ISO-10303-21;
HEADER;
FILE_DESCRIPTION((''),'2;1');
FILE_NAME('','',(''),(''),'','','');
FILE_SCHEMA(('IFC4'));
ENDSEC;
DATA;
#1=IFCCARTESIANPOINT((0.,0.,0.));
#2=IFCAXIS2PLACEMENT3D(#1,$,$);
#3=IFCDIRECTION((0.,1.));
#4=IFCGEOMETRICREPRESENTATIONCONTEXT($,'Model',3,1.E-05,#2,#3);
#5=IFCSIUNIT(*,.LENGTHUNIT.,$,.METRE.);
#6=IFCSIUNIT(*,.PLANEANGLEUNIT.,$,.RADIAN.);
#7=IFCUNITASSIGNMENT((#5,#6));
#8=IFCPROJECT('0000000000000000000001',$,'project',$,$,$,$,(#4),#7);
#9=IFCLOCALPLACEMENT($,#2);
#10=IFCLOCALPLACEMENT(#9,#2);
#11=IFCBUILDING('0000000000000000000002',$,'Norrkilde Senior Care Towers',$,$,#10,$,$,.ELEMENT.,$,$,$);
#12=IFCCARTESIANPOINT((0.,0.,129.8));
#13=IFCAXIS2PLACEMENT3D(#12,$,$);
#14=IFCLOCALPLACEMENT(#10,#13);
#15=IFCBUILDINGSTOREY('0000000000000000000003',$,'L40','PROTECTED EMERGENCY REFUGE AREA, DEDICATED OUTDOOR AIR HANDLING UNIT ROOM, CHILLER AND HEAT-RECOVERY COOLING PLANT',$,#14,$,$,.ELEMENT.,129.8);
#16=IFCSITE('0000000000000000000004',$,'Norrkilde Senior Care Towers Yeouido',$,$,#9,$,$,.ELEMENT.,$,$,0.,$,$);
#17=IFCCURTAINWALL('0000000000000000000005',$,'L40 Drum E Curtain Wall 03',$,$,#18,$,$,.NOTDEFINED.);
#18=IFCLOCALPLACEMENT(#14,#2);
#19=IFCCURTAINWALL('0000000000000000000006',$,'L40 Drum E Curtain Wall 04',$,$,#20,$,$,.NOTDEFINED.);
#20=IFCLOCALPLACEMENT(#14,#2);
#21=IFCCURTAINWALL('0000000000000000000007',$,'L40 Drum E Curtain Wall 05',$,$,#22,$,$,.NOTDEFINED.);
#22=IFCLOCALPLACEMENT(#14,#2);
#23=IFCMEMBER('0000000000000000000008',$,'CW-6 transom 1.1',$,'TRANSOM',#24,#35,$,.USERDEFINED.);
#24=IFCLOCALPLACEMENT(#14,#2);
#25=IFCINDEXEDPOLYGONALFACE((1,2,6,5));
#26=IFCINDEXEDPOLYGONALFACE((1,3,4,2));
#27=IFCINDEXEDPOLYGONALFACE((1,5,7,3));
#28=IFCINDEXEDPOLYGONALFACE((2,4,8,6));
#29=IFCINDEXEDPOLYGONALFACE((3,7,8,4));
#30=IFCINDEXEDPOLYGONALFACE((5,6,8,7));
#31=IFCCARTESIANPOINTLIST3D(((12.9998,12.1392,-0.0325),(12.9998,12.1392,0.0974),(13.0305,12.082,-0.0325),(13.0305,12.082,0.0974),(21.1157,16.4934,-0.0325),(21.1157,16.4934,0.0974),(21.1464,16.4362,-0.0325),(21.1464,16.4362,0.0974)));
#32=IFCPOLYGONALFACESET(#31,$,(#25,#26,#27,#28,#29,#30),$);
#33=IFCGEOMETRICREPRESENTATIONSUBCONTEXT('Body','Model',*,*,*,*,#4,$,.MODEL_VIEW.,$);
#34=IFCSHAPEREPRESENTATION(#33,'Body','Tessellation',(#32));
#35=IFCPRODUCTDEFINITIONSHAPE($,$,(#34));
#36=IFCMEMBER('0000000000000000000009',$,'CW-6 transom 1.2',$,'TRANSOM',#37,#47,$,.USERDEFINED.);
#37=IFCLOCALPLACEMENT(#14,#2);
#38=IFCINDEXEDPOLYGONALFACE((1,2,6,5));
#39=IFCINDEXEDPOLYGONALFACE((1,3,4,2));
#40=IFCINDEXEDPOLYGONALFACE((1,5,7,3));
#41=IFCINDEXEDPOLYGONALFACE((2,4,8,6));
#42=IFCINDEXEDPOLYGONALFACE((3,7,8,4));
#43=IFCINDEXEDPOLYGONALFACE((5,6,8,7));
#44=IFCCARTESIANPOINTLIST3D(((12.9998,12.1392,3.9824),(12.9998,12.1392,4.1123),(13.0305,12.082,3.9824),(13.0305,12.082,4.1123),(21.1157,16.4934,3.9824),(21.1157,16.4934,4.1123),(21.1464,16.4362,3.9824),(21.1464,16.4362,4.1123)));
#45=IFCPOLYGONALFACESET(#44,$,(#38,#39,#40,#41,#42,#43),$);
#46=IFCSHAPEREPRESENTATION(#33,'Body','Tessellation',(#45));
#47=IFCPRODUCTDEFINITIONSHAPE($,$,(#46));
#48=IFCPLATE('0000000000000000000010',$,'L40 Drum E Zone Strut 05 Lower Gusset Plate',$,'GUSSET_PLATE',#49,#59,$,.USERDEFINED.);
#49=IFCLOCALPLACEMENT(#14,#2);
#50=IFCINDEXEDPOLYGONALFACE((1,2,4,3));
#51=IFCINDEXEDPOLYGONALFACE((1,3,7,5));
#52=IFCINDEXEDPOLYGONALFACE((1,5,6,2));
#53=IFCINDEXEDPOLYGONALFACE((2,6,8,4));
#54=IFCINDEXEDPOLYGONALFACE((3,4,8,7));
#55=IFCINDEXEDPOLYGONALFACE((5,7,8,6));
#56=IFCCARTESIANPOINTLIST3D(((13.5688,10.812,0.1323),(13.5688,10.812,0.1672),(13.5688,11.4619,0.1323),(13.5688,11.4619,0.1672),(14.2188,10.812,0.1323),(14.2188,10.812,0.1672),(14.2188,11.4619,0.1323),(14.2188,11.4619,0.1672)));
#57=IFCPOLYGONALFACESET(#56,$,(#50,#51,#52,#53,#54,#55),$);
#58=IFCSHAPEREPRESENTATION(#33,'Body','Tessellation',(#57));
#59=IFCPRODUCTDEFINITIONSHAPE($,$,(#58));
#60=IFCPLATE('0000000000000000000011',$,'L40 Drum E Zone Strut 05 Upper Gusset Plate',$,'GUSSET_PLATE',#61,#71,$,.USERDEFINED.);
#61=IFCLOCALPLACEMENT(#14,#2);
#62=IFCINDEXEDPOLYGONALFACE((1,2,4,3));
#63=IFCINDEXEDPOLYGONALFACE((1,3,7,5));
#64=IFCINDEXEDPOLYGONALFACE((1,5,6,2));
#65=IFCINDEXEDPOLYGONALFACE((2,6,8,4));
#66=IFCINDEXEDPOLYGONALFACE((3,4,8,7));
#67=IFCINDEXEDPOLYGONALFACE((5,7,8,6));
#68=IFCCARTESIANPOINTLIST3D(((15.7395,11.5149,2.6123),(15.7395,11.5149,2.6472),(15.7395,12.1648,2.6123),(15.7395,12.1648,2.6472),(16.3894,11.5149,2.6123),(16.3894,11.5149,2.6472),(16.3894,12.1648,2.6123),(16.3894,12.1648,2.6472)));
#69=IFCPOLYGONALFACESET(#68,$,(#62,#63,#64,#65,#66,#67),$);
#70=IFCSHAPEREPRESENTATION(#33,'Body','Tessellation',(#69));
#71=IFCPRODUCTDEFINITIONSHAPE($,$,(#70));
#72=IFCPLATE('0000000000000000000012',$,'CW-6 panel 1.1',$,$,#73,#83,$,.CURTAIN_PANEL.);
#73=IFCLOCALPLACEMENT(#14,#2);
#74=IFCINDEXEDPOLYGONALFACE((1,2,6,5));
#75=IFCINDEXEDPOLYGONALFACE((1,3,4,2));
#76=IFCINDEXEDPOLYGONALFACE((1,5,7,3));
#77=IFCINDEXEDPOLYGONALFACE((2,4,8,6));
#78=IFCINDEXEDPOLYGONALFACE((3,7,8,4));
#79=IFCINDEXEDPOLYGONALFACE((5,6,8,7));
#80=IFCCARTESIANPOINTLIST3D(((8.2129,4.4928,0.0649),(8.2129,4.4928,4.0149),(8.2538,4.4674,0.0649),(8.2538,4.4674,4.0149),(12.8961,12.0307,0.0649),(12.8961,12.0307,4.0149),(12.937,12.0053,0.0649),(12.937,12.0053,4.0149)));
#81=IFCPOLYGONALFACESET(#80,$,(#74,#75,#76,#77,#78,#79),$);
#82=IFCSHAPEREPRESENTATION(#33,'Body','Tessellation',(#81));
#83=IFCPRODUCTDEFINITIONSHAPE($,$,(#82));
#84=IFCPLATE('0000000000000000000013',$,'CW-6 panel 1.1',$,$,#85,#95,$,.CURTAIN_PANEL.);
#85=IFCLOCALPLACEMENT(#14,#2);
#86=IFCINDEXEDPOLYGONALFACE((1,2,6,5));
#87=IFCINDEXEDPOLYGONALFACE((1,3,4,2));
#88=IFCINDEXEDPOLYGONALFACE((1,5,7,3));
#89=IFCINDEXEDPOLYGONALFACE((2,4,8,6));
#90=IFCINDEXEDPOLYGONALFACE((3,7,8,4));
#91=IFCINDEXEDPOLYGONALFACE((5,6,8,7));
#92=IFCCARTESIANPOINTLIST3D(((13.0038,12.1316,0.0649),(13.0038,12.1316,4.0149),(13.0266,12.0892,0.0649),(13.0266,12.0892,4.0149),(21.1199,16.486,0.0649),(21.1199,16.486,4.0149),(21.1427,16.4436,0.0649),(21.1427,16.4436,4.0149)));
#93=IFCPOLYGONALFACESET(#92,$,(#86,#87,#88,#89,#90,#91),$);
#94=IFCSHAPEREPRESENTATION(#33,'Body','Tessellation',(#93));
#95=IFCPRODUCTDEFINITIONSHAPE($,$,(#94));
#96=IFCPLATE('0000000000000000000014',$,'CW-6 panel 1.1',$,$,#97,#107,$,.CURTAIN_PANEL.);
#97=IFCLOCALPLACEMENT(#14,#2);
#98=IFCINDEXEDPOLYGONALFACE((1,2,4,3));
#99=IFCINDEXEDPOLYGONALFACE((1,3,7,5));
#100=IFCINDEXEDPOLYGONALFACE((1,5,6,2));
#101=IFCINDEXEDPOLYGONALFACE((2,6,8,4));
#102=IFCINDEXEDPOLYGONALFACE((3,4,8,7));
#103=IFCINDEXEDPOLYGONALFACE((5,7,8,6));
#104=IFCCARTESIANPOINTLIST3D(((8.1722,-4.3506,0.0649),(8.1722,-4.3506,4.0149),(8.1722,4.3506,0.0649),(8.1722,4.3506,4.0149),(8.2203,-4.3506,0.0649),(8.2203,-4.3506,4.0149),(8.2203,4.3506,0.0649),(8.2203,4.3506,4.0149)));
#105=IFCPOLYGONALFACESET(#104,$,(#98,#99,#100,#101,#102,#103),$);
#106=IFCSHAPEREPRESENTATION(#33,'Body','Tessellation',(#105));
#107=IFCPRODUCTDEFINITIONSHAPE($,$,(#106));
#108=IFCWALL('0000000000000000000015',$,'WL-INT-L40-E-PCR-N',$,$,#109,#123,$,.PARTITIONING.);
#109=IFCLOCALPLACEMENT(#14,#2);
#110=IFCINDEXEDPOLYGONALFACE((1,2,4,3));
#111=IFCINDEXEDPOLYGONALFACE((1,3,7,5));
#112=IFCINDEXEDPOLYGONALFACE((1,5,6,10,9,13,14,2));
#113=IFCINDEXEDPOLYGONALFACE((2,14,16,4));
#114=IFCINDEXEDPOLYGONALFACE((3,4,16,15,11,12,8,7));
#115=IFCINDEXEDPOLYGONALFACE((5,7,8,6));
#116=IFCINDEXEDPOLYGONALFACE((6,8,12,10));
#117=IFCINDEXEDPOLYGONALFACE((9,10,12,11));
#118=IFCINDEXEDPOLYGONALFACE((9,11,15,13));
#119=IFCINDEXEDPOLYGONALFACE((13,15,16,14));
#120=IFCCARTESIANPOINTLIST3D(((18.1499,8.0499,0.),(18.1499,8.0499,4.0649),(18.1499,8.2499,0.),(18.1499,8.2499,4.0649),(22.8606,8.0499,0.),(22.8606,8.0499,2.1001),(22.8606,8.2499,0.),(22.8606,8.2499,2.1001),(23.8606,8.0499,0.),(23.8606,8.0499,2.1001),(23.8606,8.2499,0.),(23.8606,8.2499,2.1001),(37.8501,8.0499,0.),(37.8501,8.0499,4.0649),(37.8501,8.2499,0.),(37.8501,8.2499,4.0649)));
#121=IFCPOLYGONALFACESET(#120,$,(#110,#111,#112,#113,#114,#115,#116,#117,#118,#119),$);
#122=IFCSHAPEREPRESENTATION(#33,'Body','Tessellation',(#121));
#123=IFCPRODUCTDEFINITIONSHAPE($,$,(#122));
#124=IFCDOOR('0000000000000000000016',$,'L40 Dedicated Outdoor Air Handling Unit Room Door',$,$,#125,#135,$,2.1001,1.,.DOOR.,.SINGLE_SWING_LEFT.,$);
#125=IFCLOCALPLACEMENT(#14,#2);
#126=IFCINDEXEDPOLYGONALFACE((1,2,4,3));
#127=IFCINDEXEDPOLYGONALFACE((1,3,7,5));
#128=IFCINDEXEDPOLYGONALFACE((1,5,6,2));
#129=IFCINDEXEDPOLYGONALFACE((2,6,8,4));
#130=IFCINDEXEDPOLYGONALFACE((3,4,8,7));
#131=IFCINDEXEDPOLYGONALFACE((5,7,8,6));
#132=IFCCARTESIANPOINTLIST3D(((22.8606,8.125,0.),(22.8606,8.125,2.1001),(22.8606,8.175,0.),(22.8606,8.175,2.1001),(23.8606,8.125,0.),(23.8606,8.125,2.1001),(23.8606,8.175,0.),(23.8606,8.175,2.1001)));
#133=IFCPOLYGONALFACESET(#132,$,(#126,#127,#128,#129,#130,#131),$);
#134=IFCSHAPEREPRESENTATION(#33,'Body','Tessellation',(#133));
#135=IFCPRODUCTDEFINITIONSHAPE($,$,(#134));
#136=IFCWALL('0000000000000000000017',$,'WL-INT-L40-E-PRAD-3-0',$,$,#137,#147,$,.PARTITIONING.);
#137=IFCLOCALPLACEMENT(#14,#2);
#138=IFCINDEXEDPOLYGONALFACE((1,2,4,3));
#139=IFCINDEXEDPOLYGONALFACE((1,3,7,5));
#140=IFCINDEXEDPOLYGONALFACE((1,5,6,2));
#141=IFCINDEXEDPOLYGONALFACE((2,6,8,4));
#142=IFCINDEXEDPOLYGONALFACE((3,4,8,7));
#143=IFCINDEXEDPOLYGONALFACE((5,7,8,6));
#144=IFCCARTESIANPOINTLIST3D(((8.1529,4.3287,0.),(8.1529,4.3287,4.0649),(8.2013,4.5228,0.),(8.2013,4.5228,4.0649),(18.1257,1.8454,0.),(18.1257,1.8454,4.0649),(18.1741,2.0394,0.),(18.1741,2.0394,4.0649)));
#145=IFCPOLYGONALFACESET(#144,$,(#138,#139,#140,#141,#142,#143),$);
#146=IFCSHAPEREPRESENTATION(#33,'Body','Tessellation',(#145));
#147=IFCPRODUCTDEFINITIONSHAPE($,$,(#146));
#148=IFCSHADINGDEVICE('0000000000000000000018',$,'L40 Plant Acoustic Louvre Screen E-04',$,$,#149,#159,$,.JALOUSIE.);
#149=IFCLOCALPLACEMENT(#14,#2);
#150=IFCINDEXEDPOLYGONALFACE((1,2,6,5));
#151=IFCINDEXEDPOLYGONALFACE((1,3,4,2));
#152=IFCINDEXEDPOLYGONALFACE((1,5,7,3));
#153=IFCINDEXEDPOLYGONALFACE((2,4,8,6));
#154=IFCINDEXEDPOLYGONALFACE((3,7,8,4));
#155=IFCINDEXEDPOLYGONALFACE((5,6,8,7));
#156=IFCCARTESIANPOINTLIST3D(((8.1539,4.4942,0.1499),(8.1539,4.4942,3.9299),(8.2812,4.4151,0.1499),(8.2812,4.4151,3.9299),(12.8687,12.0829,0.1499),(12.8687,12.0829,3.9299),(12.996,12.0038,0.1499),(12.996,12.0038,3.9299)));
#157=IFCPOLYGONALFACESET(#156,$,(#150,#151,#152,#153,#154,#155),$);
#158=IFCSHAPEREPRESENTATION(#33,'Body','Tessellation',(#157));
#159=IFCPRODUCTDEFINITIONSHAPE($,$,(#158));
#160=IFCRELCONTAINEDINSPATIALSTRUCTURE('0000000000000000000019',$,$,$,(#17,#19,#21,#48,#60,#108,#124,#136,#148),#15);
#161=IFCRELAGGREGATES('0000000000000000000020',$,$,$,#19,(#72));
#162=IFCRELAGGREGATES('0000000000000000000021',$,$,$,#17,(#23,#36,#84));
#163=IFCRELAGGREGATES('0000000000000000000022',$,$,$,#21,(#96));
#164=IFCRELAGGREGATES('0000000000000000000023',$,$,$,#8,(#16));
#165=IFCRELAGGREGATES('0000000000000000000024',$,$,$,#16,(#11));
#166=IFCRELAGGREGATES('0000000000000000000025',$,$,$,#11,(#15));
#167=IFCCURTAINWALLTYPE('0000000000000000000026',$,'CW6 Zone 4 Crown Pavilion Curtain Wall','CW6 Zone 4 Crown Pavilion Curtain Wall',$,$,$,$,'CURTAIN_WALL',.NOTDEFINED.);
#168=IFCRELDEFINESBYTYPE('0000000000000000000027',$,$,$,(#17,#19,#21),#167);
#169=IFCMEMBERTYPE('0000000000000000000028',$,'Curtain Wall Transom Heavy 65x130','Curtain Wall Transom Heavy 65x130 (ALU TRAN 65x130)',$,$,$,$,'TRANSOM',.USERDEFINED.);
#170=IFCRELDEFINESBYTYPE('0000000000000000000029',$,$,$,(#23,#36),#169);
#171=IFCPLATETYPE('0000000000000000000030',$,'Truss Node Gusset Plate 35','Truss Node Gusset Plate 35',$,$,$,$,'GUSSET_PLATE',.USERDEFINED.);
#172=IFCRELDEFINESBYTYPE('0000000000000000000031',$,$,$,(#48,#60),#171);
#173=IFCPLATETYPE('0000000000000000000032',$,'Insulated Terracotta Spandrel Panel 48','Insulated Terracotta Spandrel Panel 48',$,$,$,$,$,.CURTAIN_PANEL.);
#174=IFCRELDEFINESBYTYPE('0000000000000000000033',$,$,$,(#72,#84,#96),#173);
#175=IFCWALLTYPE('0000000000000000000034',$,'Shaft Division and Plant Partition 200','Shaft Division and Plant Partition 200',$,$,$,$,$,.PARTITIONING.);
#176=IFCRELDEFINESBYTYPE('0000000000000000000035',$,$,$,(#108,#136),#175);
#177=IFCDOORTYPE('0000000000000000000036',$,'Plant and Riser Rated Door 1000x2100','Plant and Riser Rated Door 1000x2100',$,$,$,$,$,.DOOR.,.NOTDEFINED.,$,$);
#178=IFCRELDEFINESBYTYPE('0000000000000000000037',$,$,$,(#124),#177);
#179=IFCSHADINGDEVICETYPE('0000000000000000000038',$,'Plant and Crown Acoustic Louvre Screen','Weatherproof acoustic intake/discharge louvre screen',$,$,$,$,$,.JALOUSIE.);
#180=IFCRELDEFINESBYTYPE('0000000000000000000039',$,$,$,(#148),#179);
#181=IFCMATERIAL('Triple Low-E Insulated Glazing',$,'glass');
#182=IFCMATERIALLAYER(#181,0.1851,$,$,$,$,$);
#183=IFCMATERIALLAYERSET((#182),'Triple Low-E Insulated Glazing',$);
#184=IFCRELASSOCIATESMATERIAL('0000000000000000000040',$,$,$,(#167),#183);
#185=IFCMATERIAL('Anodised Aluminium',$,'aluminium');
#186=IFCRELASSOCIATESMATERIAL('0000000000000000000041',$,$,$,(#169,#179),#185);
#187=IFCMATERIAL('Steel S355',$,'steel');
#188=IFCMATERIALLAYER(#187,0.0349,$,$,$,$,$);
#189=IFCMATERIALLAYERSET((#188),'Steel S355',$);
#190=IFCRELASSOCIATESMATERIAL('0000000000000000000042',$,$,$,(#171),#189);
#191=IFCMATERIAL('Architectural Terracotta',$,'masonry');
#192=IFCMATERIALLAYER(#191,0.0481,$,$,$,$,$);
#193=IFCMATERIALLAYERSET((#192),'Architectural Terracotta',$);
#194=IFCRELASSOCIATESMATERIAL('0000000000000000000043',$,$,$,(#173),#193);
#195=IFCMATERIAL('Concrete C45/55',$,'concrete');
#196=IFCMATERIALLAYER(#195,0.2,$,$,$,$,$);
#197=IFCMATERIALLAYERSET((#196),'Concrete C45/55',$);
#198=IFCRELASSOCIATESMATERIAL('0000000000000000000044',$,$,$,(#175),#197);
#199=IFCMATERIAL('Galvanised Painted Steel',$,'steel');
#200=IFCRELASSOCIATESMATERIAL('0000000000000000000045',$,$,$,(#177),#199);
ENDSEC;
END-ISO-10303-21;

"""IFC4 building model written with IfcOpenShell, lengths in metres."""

from ifc_helpers import new_model, si_unit, direction, frame, frame_2d, origin, origin_2d, place, context, subcontext, project, spatial, rectangle, extrude, source, transform, mapped, material, layer, layer_set, material_profile, profile_set, type_object, type_shapes, element, fill, aggregate, save


model = new_model("IFC4")

# Units and contexts
model_context = context("Model", 3, precision=1e-05, world=origin(), true_north=direction((0.0, 1.0)))
body_context = subcontext(model_context, "Body", "Model", "MODEL_VIEW")
ifc_project = project(units=[si_unit("LENGTHUNIT", "METRE"), si_unit("PLANEANGLEUNIT", "RADIAN")], contexts=[model_context])

# Site, building, storey
site_placement = place(None, origin())
site = spatial("IfcSite", under=ifc_project, at=site_placement, Name="Norrkilde Senior Care Towers Yeouido", CompositionType="ELEMENT", RefElevation=0.0)
building_placement = place(site_placement, origin())
building = spatial("IfcBuilding", under=site, at=building_placement, Name="Norrkilde Senior Care Towers", CompositionType="ELEMENT")
storey_placement = place(building_placement, frame((0.0, 0.0, 129.8)))
storey = spatial("IfcBuildingStorey", under=building, at=storey_placement, Name="L40", Description="PROTECTED EMERGENCY REFUGE AREA, DEDICATED OUTDOOR AIR HANDLING UNIT ROOM, CHILLER AND HEAT-RECOVERY COOLING PLANT", CompositionType="ELEMENT", Elevation=129.8)

# Shared definitions
ifc_material_1 = material(Name="Steel S355", Category="steel")

# Curtain wall
ifc_material_2 = material(Name="Triple Low-E Insulated Glazing", Category="glass")
ifc_layer_1 = layer(ifc_material_2, 0.1851)
ifc_layer_set_1 = layer_set([ifc_layer_1], Name="Triple Low-E Insulated Glazing")
curtain_wall_type = type_object("IfcCurtainWallType", Name="CW6 Zone 4 Crown Pavilion Curtain Wall", Description="CW6 Zone 4 Crown Pavilion Curtain Wall", ElementType="CURTAIN_WALL", PredefinedType="NOTDEFINED", material=ifc_layer_set_1)
curtain_wall_1_placement = place(storey_placement, origin())
curtain_wall_1 = element("IfcCurtainWall", 1, at=curtain_wall_1_placement, inside=storey, type_object=curtain_wall_type, Name="L40 Drum E Curtain Wall 03", PredefinedType="NOTDEFINED")
ifc_material_3 = material(Name="Anodised Aluminium", Category="aluminium")

# Curtain wall
curtain_wall_2_placement = place(storey_placement, origin())
curtain_wall_2 = element("IfcCurtainWall", 2, at=curtain_wall_2_placement, inside=storey, type_object=curtain_wall_type, Name="L40 Drum E Curtain Wall 04", PredefinedType="NOTDEFINED")

# Curtain wall
curtain_wall_3_placement = place(storey_placement, origin())
curtain_wall_3 = element("IfcCurtainWall", 3, at=curtain_wall_3_placement, inside=storey, type_object=curtain_wall_type, Name="L40 Drum E Curtain Wall 05", PredefinedType="NOTDEFINED")

# Members
ifc_material_profile_1 = material_profile(ifc_material_3, rectangle(XDim=0.0649, YDim=0.1299, at=origin_2d()), Name="ALU TRAN 65x130")
ifc_profile_set_1 = profile_set([ifc_material_profile_1], Name="Anodised Aluminium")
member_type_1 = type_object("IfcMemberType", Name="Curtain Wall Transom Heavy 65x130", Description="Curtain Wall Transom Heavy 65x130 (ALU TRAN 65x130)", ElementType="TRANSOM", PredefinedType="USERDEFINED", material=ifc_profile_set_1)
shared_shape_1 = source(origin(), body_context, "Body", "SweptSolid", [
    extrude(rectangle(XDim=0.0649, YDim=0.1299, at=origin_2d()), origin(), (0.0, 0.0, 1.0), 9.2102),
])
member_1_placement = place(storey_placement, frame((13.0151, 12.1106, 0.0325), z_axis=(0.88119, 0.472762, 0.0), x_axis=(-0.472762, 0.88119, 0.0)))
member_1 = element("IfcMember", 4, at=member_1_placement, type_object=member_type_1, Name="CW-6 transom 1.1", ObjectType="TRANSOM", PredefinedType="USERDEFINED", context=body_context, shape_type="MappedRepresentation", body=[
    mapped(shared_shape_1, transform((0.0, 0.0, 0.0), x_axis=(1.0, 0.0, 0.0), y_axis=(0.0, 1.0, 0.0), z_axis=(0.0, 0.0, 1.0), scale=1.0)),
])
member_2_placement = place(storey_placement, frame((13.0151, 12.1106, 4.0474), z_axis=(0.88119, 0.472762, 0.0), x_axis=(-0.472762, 0.88119, 0.0)))
member_2 = element("IfcMember", 5, at=member_2_placement, type_object=member_type_1, Name="CW-6 transom 1.2", ObjectType="TRANSOM", PredefinedType="USERDEFINED", context=body_context, shape_type="MappedRepresentation", body=[
    mapped(shared_shape_1, transform((0.0, 0.0, 0.0), x_axis=(1.0, 0.0, 0.0), y_axis=(0.0, 1.0, 0.0), z_axis=(0.0, 0.0, 1.0), scale=1.0)),
])

# Plates
ifc_layer_2 = layer(ifc_material_1, 0.0349)
ifc_layer_set_2 = layer_set([ifc_layer_2], Name="Steel S355")
plate_type_1 = type_object("IfcPlateType", Name="Truss Node Gusset Plate 35", Description="Truss Node Gusset Plate 35", ElementType="GUSSET_PLATE", PredefinedType="USERDEFINED", material=ifc_layer_set_2)
shared_shape_2 = source(origin(), body_context, "Body", "SweptSolid", [
    extrude(rectangle(XDim=0.6499, YDim=0.6499, at=origin_2d()), origin(), (0.0, 0.0, 1.0), 0.0349),
])
type_shapes(plate_type_1, [shared_shape_2])
for number, where, z_axis, x_axis, name in (
    (6, (13.8938, 11.137, 0.1323), (0.0, 0.0, 1.0), (1.0, 0.0, 0.0), "L40 Drum E Zone Strut 05 Lower Gusset Plate"),
    (7, (16.0645, 11.8398, 2.6123), (0.0, 0.0, 1.0), (1.0, 0.0, 0.0), "L40 Drum E Zone Strut 05 Upper Gusset Plate"),
):
    element("IfcPlate", number, at=place(storey_placement, frame(where, z_axis=z_axis, x_axis=x_axis)), inside=storey, type_object=plate_type_1, Name=name, ObjectType="GUSSET_PLATE", PredefinedType="USERDEFINED", context=body_context, shape_type="MappedRepresentation", body=[
        mapped(shared_shape_2, transform((0.0, 0.0, 0.0), x_axis=(1.0, 0.0, 0.0), y_axis=(0.0, 1.0, 0.0), z_axis=(0.0, 0.0, 1.0), scale=1.0)),
    ])

# Plates
ifc_material_4 = material(Name="Architectural Terracotta", Category="masonry")
ifc_layer_3 = layer(ifc_material_4, 0.0481)
ifc_layer_set_3 = layer_set([ifc_layer_3], Name="Architectural Terracotta")
plate_type_2 = type_object("IfcPlateType", Name="Insulated Terracotta Spandrel Panel 48", Description="Insulated Terracotta Spandrel Panel 48", PredefinedType="CURTAIN_PANEL", material=ifc_layer_set_3)
shared_shape_3 = source(origin(), body_context, "Body", "SweptSolid", [
    extrude(rectangle(XDim=8.8743, YDim=0.0481, at=origin_2d()), origin(), (0.0, 0.0, 1.0), 3.95),
])
plate_1_placement = place(storey_placement, frame((10.575, 8.249, 0.0649), z_axis=(0.0, 0.0, 1.0), x_axis=(0.527733, 0.84941, 0.0)))
plate_1 = element("IfcPlate", 8, at=plate_1_placement, type_object=plate_type_2, Name="CW-6 panel 1.1", PredefinedType="CURTAIN_PANEL", context=body_context, shape_type="MappedRepresentation", body=[
    mapped(shared_shape_3, transform((0.0, 0.0, 0.0), x_axis=(1.0, 0.0, 0.0), y_axis=(0.0, 1.0, 0.0), z_axis=(0.0, 0.0, 1.0), scale=1.0)),
])
aggregate(curtain_wall_2, [plate_1])
shared_shape_4 = source(origin(), body_context, "Body", "SweptSolid", [
    extrude(rectangle(XDim=9.2104, YDim=0.0481, at=origin_2d()), origin(), (0.0, 0.0, 1.0), 3.95),
])
plate_2_placement = place(storey_placement, frame((17.0732, 14.2876, 0.0649), z_axis=(0.0, 0.0, 1.0), x_axis=(0.881186, 0.472769, 0.0)))
plate_2 = element("IfcPlate", 9, at=plate_2_placement, type_object=plate_type_2, Name="CW-6 panel 1.1", PredefinedType="CURTAIN_PANEL", context=body_context, shape_type="MappedRepresentation", body=[
    mapped(shared_shape_4, transform((0.0, 0.0, 0.0), x_axis=(1.0, 0.0, 0.0), y_axis=(0.0, 1.0, 0.0), z_axis=(0.0, 0.0, 1.0), scale=1.0)),
])
aggregate(curtain_wall_1, [member_1, member_2, plate_2])
shared_shape_5 = source(origin(), body_context, "Body", "SweptSolid", [
    extrude(rectangle(XDim=8.7012, YDim=0.0481, at=origin_2d()), origin(), (0.0, 0.0, 1.0), 3.95),
])
type_shapes(plate_type_2, [shared_shape_3, shared_shape_4, shared_shape_5])
plate_3_placement = place(storey_placement, frame((8.1963, 0.0, 0.0649), z_axis=(0.0, 0.0, 1.0), x_axis=(0.0, 1.0, 0.0)))
plate_3 = element("IfcPlate", 10, at=plate_3_placement, type_object=plate_type_2, Name="CW-6 panel 1.1", PredefinedType="CURTAIN_PANEL", context=body_context, shape_type="MappedRepresentation", body=[
    mapped(shared_shape_5, transform((0.0, 0.0, 0.0), x_axis=(1.0, 0.0, 0.0), y_axis=(0.0, 1.0, 0.0), z_axis=(0.0, 0.0, 1.0), scale=1.0)),
])
aggregate(curtain_wall_3, [plate_3])

# Wall, opening, door
ifc_material_5 = material(Name="Concrete C45/55", Category="concrete")
ifc_layer_4 = layer(ifc_material_5, 0.2)
ifc_layer_set_4 = layer_set([ifc_layer_4], Name="Concrete C45/55")
wall_type = type_object("IfcWallType", Name="Shaft Division and Plant Partition 200", Description="Shaft Division and Plant Partition 200", PredefinedType="PARTITIONING", material=ifc_layer_set_4)
shared_shape_6 = source(origin(), body_context, "Body", "SweptSolid", [
    extrude(rectangle(XDim=19.7002, YDim=0.2, at=frame_2d((9.8501, 0.0))), origin(), (0.0, 0.0, 1.0), 4.0649),
])
wall_1_placement = place(storey_placement, frame((18.1499, 8.1499, 0.0), z_axis=(0.0, 0.0, 1.0), x_axis=(1.0, 0.0, 0.0)))
wall_1 = element("IfcWall", 11, at=wall_1_placement, inside=storey, type_object=wall_type, Name="WL-INT-L40-E-PCR-N", PredefinedType="PARTITIONING", context=body_context, shape_type="MappedRepresentation", body=[
    mapped(shared_shape_6, transform((0.0, 0.0, 0.0), x_axis=(1.0, 0.0, 0.0), y_axis=(0.0, 1.0, 0.0), z_axis=(0.0, 0.0, 1.0), scale=1.0)),
])
opening_placement = place(wall_1_placement, frame((4.7107, 0.0, 0.0)))
opening = element("IfcOpeningElement", 12, at=opening_placement, cuts=wall_1, PredefinedType="OPENING", context=body_context, shape_type="SweptSolid", body=[
    extrude(rectangle(XDim=1.0, YDim=2.1001, at=frame_2d((0.5, 1.05))), frame((0.0, 0.1099, 0.0), z_axis=(0.0, -1.0, 0.0), x_axis=(1.0, 0.0, 0.0)), (0.0, 0.0, 1.0), 0.22),
])
ifc_material_6 = material(Name="Galvanised Painted Steel", Category="steel")
door_type = type_object("IfcDoorType", Name="Plant and Riser Rated Door 1000x2100", Description="Plant and Riser Rated Door 1000x2100", OperationType="NOTDEFINED", PredefinedType="DOOR", material=ifc_material_6)
shared_shape_7 = source(origin(), body_context, "Body", "SweptSolid", [
    extrude(rectangle(XDim=1.0, YDim=2.1001, at=frame_2d((0.5, 1.05))), frame((0.0, 0.0249, 0.0), z_axis=(0.0, -1.0, 0.0), x_axis=(1.0, 0.0, 0.0)), (0.0, 0.0, 1.0), 0.05),
])
type_shapes(door_type, [shared_shape_7])
door_placement = place(opening_placement, frame((1.0, 0.0, 0.0), z_axis=(0.0, 0.0, 1.0), x_axis=(-1.0, 0.0, 0.0)))
door = element("IfcDoor", 13, at=door_placement, inside=storey, type_object=door_type, Name="L40 Dedicated Outdoor Air Handling Unit Room Door", OperationType="SINGLE_SWING_LEFT", OverallHeight=2.1001, OverallWidth=1.0, PredefinedType="DOOR", context=body_context, shape_type="MappedRepresentation", body=[
    mapped(shared_shape_7, transform((0.0, 0.0, 0.0), x_axis=(1.0, 0.0, 0.0), y_axis=(0.0, 1.0, 0.0), z_axis=(0.0, 0.0, 1.0), scale=1.0)),
])
fill(opening, door)

# Wall
shared_shape_8 = source(origin(), body_context, "Body", "SweptSolid", [
    extrude(rectangle(XDim=10.2773, YDim=0.2, at=frame_2d((5.1387, 0.0))), origin(), (0.0, 0.0, 1.0), 4.0649),
])
type_shapes(wall_type, [shared_shape_6, shared_shape_8])
wall_2_placement = place(storey_placement, frame((18.1499, 1.9424, 0.0), z_axis=(0.0, 0.0, 1.0), x_axis=(-0.970367, 0.241636, 0.0)))
element("IfcWall", 14, at=wall_2_placement, inside=storey, type_object=wall_type, Name="WL-INT-L40-E-PRAD-3-0", PredefinedType="PARTITIONING", context=body_context, shape_type="MappedRepresentation", body=[
    mapped(shared_shape_8, transform((0.0, 0.0, 0.0), x_axis=(1.0, 0.0, 0.0), y_axis=(0.0, 1.0, 0.0), z_axis=(0.0, 0.0, 1.0), scale=1.0)),
])

# Shading device
shading_device_type = type_object("IfcShadingDeviceType", Name="Plant and Crown Acoustic Louvre Screen", Description="Weatherproof acoustic intake/discharge louvre screen", PredefinedType="JALOUSIE", material=ifc_material_3)
shared_shape_9 = source(origin(), body_context, "Body", "SweptSolid", [
    extrude(rectangle(XDim=8.9341, YDim=0.1499, at=origin_2d()), origin(), (0.0, 0.0, 1.0), 3.78),
])
type_shapes(shading_device_type, [shared_shape_9])
shading_device_placement = place(storey_placement, frame((10.575, 8.249, 0.1499), z_axis=(0.0, 0.0, 1.0), x_axis=(0.527733, 0.84941, 0.0)))
element("IfcShadingDevice", 15, at=shading_device_placement, inside=storey, type_object=shading_device_type, Name="L40 Plant Acoustic Louvre Screen E-04", PredefinedType="JALOUSIE", context=body_context, shape_type="MappedRepresentation", body=[
    mapped(shared_shape_9, transform((0.0, 0.0, 0.0), x_axis=(1.0, 0.0, 0.0), y_axis=(0.0, 1.0, 0.0), z_axis=(0.0, 0.0, 1.0), scale=1.0)),
])

save(model, "model.ifc")
